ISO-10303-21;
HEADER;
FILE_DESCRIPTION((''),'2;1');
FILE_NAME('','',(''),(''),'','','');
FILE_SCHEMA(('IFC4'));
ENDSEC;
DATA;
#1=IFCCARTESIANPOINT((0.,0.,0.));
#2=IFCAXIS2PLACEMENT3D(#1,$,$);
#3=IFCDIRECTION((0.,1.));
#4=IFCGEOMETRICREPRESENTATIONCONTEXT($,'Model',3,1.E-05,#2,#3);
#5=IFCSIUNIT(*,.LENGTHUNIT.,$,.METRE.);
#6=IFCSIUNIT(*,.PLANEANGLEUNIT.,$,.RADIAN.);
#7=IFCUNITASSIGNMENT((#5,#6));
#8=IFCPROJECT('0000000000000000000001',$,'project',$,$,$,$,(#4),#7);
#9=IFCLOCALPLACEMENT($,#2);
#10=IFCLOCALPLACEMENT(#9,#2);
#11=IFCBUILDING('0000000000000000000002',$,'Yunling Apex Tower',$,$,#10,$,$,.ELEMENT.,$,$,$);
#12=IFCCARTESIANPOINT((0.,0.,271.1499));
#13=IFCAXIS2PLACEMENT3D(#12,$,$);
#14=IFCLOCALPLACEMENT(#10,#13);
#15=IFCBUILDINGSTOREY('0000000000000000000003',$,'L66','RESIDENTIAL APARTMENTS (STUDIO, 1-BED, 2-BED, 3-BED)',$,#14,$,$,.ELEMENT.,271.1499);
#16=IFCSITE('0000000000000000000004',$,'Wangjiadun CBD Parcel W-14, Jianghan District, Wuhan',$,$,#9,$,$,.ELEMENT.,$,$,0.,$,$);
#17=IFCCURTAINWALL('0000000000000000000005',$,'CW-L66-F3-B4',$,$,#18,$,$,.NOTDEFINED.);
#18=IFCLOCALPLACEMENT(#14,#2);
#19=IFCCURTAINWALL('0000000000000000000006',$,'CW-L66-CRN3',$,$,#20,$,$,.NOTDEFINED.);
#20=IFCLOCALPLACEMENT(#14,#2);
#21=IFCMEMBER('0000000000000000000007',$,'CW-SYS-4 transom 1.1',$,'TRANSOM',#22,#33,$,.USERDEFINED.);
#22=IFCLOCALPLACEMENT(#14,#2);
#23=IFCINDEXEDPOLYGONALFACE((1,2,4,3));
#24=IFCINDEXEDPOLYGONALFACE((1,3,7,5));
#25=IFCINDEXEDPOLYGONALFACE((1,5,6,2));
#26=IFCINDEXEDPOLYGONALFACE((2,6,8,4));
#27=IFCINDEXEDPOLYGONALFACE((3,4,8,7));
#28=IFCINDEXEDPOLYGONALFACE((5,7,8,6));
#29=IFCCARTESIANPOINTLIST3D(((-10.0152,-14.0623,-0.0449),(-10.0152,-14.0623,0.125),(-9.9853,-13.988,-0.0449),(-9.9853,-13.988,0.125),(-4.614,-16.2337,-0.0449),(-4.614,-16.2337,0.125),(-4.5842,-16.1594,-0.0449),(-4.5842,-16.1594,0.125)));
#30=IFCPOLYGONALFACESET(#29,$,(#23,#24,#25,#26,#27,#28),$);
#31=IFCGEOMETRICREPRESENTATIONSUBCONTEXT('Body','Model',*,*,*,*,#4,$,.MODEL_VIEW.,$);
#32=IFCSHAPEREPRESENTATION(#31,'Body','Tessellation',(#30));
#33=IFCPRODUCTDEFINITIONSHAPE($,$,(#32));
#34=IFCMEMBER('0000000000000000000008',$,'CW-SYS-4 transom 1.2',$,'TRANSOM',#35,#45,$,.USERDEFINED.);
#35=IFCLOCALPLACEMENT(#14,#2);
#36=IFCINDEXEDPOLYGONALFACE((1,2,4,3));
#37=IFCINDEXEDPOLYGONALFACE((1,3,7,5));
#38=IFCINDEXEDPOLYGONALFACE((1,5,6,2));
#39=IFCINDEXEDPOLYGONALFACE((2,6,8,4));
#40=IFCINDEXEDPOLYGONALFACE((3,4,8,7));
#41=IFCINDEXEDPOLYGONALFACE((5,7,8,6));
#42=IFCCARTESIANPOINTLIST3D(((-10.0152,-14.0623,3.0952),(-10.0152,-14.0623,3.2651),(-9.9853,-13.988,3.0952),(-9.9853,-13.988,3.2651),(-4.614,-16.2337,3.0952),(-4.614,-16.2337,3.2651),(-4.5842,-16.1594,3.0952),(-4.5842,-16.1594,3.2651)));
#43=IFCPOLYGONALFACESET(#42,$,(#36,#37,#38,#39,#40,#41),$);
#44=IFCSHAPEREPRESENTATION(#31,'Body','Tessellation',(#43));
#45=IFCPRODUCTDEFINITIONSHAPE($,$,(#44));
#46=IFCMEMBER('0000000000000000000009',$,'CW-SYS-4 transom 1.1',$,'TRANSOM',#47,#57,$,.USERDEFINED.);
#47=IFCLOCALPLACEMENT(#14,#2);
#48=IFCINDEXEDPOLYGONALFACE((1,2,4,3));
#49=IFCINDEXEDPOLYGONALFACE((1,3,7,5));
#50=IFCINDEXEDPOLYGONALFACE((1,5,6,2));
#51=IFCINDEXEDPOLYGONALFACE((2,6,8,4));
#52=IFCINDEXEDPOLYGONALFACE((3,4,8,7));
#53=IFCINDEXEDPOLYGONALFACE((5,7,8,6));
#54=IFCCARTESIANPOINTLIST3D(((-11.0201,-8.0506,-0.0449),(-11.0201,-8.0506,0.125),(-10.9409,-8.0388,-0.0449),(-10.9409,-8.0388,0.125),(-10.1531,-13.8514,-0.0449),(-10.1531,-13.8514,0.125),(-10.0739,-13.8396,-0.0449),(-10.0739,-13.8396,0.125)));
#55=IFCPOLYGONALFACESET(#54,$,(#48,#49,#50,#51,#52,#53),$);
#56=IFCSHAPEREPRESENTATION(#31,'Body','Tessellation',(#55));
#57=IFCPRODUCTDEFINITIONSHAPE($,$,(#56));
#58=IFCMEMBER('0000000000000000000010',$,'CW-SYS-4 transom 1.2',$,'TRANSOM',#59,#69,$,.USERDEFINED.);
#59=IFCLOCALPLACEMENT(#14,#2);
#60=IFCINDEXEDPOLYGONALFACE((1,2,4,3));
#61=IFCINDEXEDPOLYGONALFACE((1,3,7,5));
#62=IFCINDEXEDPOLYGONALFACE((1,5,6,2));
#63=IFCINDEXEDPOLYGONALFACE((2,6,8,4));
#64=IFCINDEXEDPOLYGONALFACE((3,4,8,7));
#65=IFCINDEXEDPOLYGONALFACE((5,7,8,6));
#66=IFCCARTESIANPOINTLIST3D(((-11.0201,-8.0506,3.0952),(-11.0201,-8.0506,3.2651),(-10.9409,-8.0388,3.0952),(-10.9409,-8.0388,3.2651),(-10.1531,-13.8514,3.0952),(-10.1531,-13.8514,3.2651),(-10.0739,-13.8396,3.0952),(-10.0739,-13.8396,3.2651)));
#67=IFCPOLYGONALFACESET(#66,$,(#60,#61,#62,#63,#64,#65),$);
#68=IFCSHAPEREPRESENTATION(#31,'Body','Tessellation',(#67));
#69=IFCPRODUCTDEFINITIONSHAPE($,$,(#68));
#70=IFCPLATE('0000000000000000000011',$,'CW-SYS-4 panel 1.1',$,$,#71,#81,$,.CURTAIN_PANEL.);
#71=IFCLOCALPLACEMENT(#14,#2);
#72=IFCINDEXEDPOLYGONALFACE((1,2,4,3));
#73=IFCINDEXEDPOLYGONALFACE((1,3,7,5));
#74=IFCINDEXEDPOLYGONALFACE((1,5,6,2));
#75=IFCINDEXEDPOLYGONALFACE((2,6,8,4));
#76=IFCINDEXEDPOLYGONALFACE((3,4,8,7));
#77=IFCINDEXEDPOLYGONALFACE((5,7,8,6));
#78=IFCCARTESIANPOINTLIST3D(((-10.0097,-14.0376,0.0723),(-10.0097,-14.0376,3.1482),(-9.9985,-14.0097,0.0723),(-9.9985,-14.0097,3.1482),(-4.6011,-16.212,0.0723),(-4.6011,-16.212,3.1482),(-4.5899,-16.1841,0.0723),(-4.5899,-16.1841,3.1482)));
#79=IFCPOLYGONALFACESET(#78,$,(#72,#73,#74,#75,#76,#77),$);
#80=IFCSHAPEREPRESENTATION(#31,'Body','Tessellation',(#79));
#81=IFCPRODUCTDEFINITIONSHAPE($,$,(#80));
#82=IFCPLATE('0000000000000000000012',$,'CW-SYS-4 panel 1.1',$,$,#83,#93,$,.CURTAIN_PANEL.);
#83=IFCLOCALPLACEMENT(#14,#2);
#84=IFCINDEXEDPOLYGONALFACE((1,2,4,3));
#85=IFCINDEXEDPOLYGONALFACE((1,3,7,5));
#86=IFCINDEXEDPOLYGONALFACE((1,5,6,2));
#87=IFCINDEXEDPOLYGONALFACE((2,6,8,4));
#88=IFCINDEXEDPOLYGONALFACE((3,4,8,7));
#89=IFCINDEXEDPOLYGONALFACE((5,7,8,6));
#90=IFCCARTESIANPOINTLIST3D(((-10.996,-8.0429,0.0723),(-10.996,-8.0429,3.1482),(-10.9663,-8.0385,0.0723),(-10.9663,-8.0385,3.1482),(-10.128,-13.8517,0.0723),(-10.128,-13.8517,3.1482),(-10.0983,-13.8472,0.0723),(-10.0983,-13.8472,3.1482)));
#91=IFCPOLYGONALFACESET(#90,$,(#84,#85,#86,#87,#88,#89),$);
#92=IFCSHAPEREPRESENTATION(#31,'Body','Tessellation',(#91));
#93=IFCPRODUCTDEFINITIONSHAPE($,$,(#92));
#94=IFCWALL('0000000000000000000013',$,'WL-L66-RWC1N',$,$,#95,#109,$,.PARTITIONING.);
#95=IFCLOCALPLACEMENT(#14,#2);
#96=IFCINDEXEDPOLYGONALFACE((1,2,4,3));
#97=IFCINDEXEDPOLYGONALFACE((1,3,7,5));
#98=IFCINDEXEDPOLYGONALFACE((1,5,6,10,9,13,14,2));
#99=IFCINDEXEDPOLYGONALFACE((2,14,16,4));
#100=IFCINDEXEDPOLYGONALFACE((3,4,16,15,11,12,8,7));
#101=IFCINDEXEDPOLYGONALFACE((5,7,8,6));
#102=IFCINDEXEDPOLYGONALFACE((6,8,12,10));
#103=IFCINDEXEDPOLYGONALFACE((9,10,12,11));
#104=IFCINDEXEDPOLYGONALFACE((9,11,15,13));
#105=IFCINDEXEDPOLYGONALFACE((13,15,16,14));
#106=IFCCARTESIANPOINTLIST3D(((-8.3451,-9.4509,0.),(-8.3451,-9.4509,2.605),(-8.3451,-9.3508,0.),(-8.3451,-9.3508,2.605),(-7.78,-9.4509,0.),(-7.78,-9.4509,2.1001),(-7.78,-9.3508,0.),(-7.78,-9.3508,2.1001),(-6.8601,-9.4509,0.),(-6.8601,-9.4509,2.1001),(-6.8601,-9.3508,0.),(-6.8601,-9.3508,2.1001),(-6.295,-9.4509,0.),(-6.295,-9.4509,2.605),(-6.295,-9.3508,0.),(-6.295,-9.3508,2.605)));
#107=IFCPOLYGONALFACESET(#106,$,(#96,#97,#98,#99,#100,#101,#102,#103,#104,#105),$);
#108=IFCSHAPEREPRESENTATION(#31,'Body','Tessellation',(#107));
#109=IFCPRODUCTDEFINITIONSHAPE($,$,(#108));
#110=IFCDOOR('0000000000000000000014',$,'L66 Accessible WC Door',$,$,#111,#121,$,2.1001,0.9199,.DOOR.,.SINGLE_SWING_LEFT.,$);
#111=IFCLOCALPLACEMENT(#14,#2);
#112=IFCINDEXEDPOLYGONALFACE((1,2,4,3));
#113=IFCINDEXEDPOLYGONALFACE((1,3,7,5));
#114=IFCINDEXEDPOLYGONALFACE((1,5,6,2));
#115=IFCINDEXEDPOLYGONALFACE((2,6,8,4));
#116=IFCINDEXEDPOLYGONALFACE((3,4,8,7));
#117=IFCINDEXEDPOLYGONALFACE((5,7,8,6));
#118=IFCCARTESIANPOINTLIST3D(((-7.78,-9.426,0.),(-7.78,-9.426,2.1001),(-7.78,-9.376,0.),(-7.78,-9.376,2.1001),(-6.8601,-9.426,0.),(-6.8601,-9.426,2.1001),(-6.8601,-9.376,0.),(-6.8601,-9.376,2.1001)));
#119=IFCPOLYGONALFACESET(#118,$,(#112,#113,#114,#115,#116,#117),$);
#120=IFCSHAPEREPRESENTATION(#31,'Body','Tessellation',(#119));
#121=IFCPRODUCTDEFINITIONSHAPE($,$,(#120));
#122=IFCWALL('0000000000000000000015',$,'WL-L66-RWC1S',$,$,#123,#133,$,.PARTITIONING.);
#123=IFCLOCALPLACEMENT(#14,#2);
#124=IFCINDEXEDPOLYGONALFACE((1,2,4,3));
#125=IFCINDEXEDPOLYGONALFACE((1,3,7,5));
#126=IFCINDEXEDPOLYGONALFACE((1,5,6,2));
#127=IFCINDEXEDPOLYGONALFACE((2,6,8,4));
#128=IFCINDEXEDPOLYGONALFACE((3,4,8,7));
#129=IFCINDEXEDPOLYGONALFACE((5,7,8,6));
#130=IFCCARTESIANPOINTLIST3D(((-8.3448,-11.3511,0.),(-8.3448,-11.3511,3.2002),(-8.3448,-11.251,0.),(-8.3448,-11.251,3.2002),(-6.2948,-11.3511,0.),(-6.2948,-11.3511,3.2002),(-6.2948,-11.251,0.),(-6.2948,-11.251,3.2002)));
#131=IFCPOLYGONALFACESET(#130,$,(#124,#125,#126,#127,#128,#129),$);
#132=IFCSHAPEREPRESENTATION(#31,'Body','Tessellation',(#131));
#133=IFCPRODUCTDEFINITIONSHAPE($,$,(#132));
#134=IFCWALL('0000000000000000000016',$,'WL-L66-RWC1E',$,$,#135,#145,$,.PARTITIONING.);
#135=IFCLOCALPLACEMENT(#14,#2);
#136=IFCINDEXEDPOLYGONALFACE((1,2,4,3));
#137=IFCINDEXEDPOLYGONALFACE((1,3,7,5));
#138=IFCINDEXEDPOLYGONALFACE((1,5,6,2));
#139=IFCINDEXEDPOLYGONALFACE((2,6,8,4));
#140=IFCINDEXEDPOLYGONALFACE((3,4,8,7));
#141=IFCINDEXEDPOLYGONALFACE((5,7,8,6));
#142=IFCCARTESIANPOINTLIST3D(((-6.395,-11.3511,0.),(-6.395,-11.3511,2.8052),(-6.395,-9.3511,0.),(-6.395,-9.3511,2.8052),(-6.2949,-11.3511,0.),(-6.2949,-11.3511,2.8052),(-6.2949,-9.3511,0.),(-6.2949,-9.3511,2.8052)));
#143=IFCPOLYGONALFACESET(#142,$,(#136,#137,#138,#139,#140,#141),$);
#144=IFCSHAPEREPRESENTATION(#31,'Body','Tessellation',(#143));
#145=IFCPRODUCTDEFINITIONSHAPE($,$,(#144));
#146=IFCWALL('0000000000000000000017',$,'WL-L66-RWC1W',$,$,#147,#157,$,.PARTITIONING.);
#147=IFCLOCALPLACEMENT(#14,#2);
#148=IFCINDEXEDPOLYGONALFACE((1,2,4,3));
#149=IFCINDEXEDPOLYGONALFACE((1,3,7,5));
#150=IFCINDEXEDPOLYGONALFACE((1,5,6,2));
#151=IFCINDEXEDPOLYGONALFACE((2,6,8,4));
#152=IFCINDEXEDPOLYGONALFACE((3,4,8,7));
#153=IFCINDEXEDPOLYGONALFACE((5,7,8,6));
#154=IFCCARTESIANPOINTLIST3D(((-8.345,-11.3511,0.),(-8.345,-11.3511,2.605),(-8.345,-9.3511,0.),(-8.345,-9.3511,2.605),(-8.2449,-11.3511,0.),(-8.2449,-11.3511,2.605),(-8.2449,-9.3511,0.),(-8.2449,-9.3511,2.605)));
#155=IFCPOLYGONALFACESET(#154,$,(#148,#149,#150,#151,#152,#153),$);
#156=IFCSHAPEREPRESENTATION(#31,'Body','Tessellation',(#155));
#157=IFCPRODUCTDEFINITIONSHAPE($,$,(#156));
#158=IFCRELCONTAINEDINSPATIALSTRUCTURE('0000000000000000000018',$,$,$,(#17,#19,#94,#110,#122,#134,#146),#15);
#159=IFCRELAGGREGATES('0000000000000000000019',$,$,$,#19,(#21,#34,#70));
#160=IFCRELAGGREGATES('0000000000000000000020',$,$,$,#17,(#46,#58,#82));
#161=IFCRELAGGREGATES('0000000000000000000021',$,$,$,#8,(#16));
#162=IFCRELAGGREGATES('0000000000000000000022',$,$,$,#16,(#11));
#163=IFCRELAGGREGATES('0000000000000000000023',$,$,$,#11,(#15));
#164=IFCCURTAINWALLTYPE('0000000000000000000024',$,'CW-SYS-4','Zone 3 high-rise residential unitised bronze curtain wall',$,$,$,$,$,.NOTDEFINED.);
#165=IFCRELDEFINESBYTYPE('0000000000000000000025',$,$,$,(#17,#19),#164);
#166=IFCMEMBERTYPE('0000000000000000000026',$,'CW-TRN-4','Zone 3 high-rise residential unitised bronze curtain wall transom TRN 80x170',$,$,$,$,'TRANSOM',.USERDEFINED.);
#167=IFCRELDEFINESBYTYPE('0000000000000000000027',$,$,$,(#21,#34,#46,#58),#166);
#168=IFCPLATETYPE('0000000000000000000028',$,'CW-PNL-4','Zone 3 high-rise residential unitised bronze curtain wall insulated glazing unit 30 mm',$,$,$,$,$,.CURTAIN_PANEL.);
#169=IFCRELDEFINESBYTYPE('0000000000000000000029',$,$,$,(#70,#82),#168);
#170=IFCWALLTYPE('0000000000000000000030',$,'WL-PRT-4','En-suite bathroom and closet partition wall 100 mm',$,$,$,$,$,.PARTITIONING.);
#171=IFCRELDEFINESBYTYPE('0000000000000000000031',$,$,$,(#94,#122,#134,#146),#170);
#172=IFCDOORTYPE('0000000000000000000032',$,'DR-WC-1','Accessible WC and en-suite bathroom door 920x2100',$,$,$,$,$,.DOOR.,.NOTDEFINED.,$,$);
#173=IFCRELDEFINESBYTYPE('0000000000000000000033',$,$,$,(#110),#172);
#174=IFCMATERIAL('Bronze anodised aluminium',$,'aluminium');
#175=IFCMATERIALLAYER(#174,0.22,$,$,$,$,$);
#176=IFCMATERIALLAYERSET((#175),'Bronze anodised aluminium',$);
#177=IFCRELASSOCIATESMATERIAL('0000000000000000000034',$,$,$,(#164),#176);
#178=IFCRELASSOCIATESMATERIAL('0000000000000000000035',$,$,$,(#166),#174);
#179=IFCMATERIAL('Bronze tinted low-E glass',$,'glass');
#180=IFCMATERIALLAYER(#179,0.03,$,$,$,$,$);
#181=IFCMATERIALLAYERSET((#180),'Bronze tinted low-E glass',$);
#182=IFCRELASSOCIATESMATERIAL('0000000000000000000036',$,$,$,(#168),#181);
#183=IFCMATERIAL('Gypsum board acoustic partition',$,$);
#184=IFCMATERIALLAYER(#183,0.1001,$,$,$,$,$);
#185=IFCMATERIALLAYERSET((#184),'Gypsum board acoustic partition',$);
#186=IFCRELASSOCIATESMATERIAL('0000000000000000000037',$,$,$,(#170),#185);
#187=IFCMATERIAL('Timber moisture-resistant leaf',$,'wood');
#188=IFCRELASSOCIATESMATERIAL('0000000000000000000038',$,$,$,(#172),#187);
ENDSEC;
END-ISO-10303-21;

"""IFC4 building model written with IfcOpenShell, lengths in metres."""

from ifc_helpers import new_model, si_unit, direction, frame, frame_2d, origin, origin_2d, place, context, subcontext, project, spatial, rectangle, extrude, source, transform, mapped, material, layer, layer_set, material_profile, profile_set, type_object, element, fill, aggregate, save


model = new_model("IFC4")

# Units and contexts
model_context = context("Model", 3, precision=1e-05, world=origin(), true_north=direction((0.0, 1.0)))
body_context = subcontext(model_context, "Body", "Model", "MODEL_VIEW")
ifc_project = project(units=[si_unit("LENGTHUNIT", "METRE"), si_unit("PLANEANGLEUNIT", "RADIAN")], contexts=[model_context])

# Site, building, storey
site_placement = place(None, origin())
site = spatial("IfcSite", under=ifc_project, at=site_placement, Name="Wangjiadun CBD Parcel W-14, Jianghan District, Wuhan", CompositionType="ELEMENT", RefElevation=0.0)
building_placement = place(site_placement, origin())
building = spatial("IfcBuilding", under=site, at=building_placement, Name="Yunling Apex Tower", CompositionType="ELEMENT")
storey_placement = place(building_placement, frame((0.0, 0.0, 271.1499)))
storey = spatial("IfcBuildingStorey", under=building, at=storey_placement, Name="L66", Description="RESIDENTIAL APARTMENTS (STUDIO, 1-BED, 2-BED, 3-BED)", CompositionType="ELEMENT", Elevation=271.1499)

# Shared definitions
ifc_material_1 = material(Name="Bronze anodised aluminium", Category="aluminium")
ifc_layer_1 = layer(ifc_material_1, 0.22)
ifc_layer_set_1 = layer_set([ifc_layer_1], Name="Bronze anodised aluminium")
curtain_wall_type = type_object("IfcCurtainWallType", Name="CW-SYS-4", Description="Zone 3 high-rise residential unitised bronze curtain wall", PredefinedType="NOTDEFINED", material=ifc_layer_set_1)

# Curtain walls
curtain_wall_1_placement = place(storey_placement, origin())
curtain_wall_1 = element("IfcCurtainWall", 1, at=curtain_wall_1_placement, inside=storey, type_object=curtain_wall_type, Name="CW-L66-F3-B4", PredefinedType="NOTDEFINED")
curtain_wall_2_placement = place(storey_placement, origin())
curtain_wall_2 = element("IfcCurtainWall", 2, at=curtain_wall_2_placement, inside=storey, type_object=curtain_wall_type, Name="CW-L66-CRN3", PredefinedType="NOTDEFINED")

# Members
ifc_material_profile_1 = material_profile(ifc_material_1, rectangle(XDim=0.0801, YDim=0.1699, at=origin_2d()))
ifc_profile_set_1 = profile_set([ifc_material_profile_1], Name="Bronze anodised aluminium")
member_type_1 = type_object("IfcMemberType", Name="CW-TRN-4", Description="Zone 3 high-rise residential unitised bronze curtain wall transom TRN 80x170", ElementType="TRANSOM", PredefinedType="USERDEFINED", material=ifc_profile_set_1)
shared_shape_1 = source(origin(), body_context, "Body", "SweptSolid", [
    extrude(rectangle(XDim=0.0801, YDim=0.1699, at=origin_2d()), origin(), (0.0, 0.0, 1.0), 5.8213),
])
member_1_placement = place(storey_placement, frame((-10.0002, -14.0251, 0.04), z_axis=(0.927827, -0.37301, 0.0), x_axis=(0.37301, 0.927827, 0.0)))
member_1 = element("IfcMember", 3, at=member_1_placement, type_object=member_type_1, Name="CW-SYS-4 transom 1.1", ObjectType="TRANSOM", PredefinedType="USERDEFINED", context=body_context, shape_type="MappedRepresentation", body=[
    mapped(shared_shape_1, transform((0.0, 0.0, 0.0), scale=1.0)),
])
member_2_placement = place(storey_placement, frame((-10.0002, -14.0251, 3.1802), z_axis=(0.927827, -0.37301, 0.0), x_axis=(0.37301, 0.927827, 0.0)))
member_2 = element("IfcMember", 4, at=member_2_placement, type_object=member_type_1, Name="CW-SYS-4 transom 1.2", ObjectType="TRANSOM", PredefinedType="USERDEFINED", context=body_context, shape_type="MappedRepresentation", body=[
    mapped(shared_shape_1, transform((0.0, 0.0, 0.0), scale=1.0)),
])
shared_shape_2 = source(origin(), body_context, "Body", "SweptSolid", [
    extrude(rectangle(XDim=0.0801, YDim=0.1699, at=origin_2d()), origin(), (0.0, 0.0, 1.0), 5.8652),
])
member_3_placement = place(storey_placement, frame((-10.9805, -8.0447, 0.04), z_axis=(0.147811, -0.989016, 0.0), x_axis=(0.989016, 0.147811, 0.0)))
member_3 = element("IfcMember", 5, at=member_3_placement, type_object=member_type_1, Name="CW-SYS-4 transom 1.1", ObjectType="TRANSOM", PredefinedType="USERDEFINED", context=body_context, shape_type="MappedRepresentation", body=[
    mapped(shared_shape_2, transform((0.0, 0.0, 0.0), scale=1.0)),
])
member_4_placement = place(storey_placement, frame((-10.9805, -8.0447, 3.1802), z_axis=(0.147811, -0.989016, 0.0), x_axis=(0.989016, 0.147811, 0.0)))
member_4 = element("IfcMember", 6, at=member_4_placement, type_object=member_type_1, Name="CW-SYS-4 transom 1.2", ObjectType="TRANSOM", PredefinedType="USERDEFINED", context=body_context, shape_type="MappedRepresentation", body=[
    mapped(shared_shape_2, transform((0.0, 0.0, 0.0), scale=1.0)),
])

# Plates
ifc_material_2 = material(Name="Bronze tinted low-E glass", Category="glass")
ifc_layer_2 = layer(ifc_material_2, 0.03)
ifc_layer_set_2 = layer_set([ifc_layer_2], Name="Bronze tinted low-E glass")
plate_type = type_object("IfcPlateType", Name="CW-PNL-4", Description="Zone 3 high-rise residential unitised bronze curtain wall insulated glazing unit 30 mm", PredefinedType="CURTAIN_PANEL", material=ifc_layer_set_2)
shared_shape_3 = source(origin(), body_context, "Body", "SweptSolid", [
    extrude(rectangle(XDim=5.8293, YDim=0.03, at=origin_2d()), origin(), (0.0, 0.0, 1.0), 3.0759),
])
plate_1_placement = place(storey_placement, frame((-7.2998, -15.1108, 0.0723), z_axis=(0.0, 0.0, 1.0), x_axis=(0.927828, -0.373009, 0.0)))
plate_1 = element("IfcPlate", 7, at=plate_1_placement, type_object=plate_type, Name="CW-SYS-4 panel 1.1", PredefinedType="CURTAIN_PANEL", context=body_context, shape_type="MappedRepresentation", body=[
    mapped(shared_shape_3, transform((0.0, 0.0, 0.0), scale=1.0)),
])
aggregate(curtain_wall_2, [member_1, member_2, plate_1])
shared_shape_4 = source(origin(), body_context, "Body", "SweptSolid", [
    extrude(rectangle(XDim=5.8733, YDim=0.03, at=origin_2d()), origin(), (0.0, 0.0, 1.0), 3.0759),
])
plate_2_placement = place(storey_placement, frame((-10.5471, -10.9451, 0.0723), z_axis=(0.0, 0.0, 1.0), x_axis=(0.147791, -0.989019, 0.0)))
plate_2 = element("IfcPlate", 8, at=plate_2_placement, type_object=plate_type, Name="CW-SYS-4 panel 1.1", PredefinedType="CURTAIN_PANEL", context=body_context, shape_type="MappedRepresentation", body=[
    mapped(shared_shape_4, transform((0.0, 0.0, 0.0), scale=1.0)),
])
aggregate(curtain_wall_1, [member_3, member_4, plate_2])

# Wall, opening, door
ifc_material_3 = material(Name="Gypsum board acoustic partition")
ifc_layer_3 = layer(ifc_material_3, 0.1001)
ifc_layer_set_3 = layer_set([ifc_layer_3], Name="Gypsum board acoustic partition")
wall_type = type_object("IfcWallType", Name="WL-PRT-4", Description="En-suite bathroom and closet partition wall 100 mm", PredefinedType="PARTITIONING", material=ifc_layer_set_3)
wall_1_placement = place(storey_placement, frame((-8.345, -9.4009, 0.0), z_axis=(0.0, 0.0, 1.0), x_axis=(1.0, 0.0, 0.0)))
wall_1 = element("IfcWall", 9, at=wall_1_placement, inside=storey, type_object=wall_type, Name="WL-L66-RWC1N", PredefinedType="PARTITIONING", context=body_context, shape_type="SweptSolid", body=[
    extrude(rectangle(XDim=2.05, YDim=0.1001, at=frame_2d((1.0249, 0.0))), origin(), (0.0, 0.0, 1.0), 2.605),
])
opening_placement = place(wall_1_placement, frame((0.5649, 0.0, 0.0)))
opening = element("IfcOpeningElement", 10, at=opening_placement, cuts=wall_1, PredefinedType="OPENING", context=body_context, shape_type="SweptSolid", body=[
    extrude(rectangle(XDim=0.9199, YDim=2.1001, at=frame_2d((0.46, 1.05))), frame((0.0, 0.0601, 0.0), z_axis=(0.0, -1.0, 0.0), x_axis=(1.0, 0.0, 0.0)), (0.0, 0.0, 1.0), 0.1201),
])
ifc_material_4 = material(Name="Timber moisture-resistant leaf", Category="wood")
door_type = type_object("IfcDoorType", Name="DR-WC-1", Description="Accessible WC and en-suite bathroom door 920x2100", OperationType="NOTDEFINED", PredefinedType="DOOR", material=ifc_material_4)
door_placement = place(opening_placement, origin())
door = element("IfcDoor", 11, at=door_placement, inside=storey, type_object=door_type, Name="L66 Accessible WC Door", OperationType="SINGLE_SWING_LEFT", OverallHeight=2.1001, OverallWidth=0.9199, PredefinedType="DOOR", context=body_context, shape_type="SweptSolid", body=[
    extrude(rectangle(XDim=0.9199, YDim=2.1001, at=frame_2d((0.46, 1.05))), frame((0.0, 0.0249, 0.0), z_axis=(0.0, -1.0, 0.0), x_axis=(1.0, 0.0, 0.0)), (0.0, 0.0, 1.0), 0.05),
])
fill(opening, door)

# Walls
wall_2_placement = place(storey_placement, frame((-6.2949, -11.301, 0.0), z_axis=(0.0, 0.0, 1.0), x_axis=(-1.0, 0.0, 0.0)))
element("IfcWall", 12, at=wall_2_placement, inside=storey, type_object=wall_type, Name="WL-L66-RWC1S", PredefinedType="PARTITIONING", context=body_context, shape_type="SweptSolid", body=[
    extrude(rectangle(XDim=2.05, YDim=0.1001, at=frame_2d((1.0249, 0.0))), origin(), (0.0, 0.0, 1.0), 3.2002),
])
wall_3_placement = place(storey_placement, frame((-6.345, -9.3511, 0.0), z_axis=(0.0, 0.0, 1.0), x_axis=(0.0, -1.0, 0.0)))
element("IfcWall", 13, at=wall_3_placement, inside=storey, type_object=wall_type, Name="WL-L66-RWC1E", PredefinedType="PARTITIONING", context=body_context, shape_type="SweptSolid", body=[
    extrude(rectangle(XDim=2.0, YDim=0.1001, at=frame_2d((1.0, 0.0))), origin(), (0.0, 0.0, 1.0), 2.8052),
])
wall_4_placement = place(storey_placement, frame((-8.2949, -11.3511, 0.0), z_axis=(0.0, 0.0, 1.0), x_axis=(0.0, 1.0, 0.0)))
element("IfcWall", 14, at=wall_4_placement, inside=storey, type_object=wall_type, Name="WL-L66-RWC1W", PredefinedType="PARTITIONING", context=body_context, shape_type="SweptSolid", body=[
    extrude(rectangle(XDim=2.0, YDim=0.1001, at=frame_2d((1.0, 0.0))), origin(), (0.0, 0.0, 1.0), 2.605),
])

save(model, "model.ifc")
